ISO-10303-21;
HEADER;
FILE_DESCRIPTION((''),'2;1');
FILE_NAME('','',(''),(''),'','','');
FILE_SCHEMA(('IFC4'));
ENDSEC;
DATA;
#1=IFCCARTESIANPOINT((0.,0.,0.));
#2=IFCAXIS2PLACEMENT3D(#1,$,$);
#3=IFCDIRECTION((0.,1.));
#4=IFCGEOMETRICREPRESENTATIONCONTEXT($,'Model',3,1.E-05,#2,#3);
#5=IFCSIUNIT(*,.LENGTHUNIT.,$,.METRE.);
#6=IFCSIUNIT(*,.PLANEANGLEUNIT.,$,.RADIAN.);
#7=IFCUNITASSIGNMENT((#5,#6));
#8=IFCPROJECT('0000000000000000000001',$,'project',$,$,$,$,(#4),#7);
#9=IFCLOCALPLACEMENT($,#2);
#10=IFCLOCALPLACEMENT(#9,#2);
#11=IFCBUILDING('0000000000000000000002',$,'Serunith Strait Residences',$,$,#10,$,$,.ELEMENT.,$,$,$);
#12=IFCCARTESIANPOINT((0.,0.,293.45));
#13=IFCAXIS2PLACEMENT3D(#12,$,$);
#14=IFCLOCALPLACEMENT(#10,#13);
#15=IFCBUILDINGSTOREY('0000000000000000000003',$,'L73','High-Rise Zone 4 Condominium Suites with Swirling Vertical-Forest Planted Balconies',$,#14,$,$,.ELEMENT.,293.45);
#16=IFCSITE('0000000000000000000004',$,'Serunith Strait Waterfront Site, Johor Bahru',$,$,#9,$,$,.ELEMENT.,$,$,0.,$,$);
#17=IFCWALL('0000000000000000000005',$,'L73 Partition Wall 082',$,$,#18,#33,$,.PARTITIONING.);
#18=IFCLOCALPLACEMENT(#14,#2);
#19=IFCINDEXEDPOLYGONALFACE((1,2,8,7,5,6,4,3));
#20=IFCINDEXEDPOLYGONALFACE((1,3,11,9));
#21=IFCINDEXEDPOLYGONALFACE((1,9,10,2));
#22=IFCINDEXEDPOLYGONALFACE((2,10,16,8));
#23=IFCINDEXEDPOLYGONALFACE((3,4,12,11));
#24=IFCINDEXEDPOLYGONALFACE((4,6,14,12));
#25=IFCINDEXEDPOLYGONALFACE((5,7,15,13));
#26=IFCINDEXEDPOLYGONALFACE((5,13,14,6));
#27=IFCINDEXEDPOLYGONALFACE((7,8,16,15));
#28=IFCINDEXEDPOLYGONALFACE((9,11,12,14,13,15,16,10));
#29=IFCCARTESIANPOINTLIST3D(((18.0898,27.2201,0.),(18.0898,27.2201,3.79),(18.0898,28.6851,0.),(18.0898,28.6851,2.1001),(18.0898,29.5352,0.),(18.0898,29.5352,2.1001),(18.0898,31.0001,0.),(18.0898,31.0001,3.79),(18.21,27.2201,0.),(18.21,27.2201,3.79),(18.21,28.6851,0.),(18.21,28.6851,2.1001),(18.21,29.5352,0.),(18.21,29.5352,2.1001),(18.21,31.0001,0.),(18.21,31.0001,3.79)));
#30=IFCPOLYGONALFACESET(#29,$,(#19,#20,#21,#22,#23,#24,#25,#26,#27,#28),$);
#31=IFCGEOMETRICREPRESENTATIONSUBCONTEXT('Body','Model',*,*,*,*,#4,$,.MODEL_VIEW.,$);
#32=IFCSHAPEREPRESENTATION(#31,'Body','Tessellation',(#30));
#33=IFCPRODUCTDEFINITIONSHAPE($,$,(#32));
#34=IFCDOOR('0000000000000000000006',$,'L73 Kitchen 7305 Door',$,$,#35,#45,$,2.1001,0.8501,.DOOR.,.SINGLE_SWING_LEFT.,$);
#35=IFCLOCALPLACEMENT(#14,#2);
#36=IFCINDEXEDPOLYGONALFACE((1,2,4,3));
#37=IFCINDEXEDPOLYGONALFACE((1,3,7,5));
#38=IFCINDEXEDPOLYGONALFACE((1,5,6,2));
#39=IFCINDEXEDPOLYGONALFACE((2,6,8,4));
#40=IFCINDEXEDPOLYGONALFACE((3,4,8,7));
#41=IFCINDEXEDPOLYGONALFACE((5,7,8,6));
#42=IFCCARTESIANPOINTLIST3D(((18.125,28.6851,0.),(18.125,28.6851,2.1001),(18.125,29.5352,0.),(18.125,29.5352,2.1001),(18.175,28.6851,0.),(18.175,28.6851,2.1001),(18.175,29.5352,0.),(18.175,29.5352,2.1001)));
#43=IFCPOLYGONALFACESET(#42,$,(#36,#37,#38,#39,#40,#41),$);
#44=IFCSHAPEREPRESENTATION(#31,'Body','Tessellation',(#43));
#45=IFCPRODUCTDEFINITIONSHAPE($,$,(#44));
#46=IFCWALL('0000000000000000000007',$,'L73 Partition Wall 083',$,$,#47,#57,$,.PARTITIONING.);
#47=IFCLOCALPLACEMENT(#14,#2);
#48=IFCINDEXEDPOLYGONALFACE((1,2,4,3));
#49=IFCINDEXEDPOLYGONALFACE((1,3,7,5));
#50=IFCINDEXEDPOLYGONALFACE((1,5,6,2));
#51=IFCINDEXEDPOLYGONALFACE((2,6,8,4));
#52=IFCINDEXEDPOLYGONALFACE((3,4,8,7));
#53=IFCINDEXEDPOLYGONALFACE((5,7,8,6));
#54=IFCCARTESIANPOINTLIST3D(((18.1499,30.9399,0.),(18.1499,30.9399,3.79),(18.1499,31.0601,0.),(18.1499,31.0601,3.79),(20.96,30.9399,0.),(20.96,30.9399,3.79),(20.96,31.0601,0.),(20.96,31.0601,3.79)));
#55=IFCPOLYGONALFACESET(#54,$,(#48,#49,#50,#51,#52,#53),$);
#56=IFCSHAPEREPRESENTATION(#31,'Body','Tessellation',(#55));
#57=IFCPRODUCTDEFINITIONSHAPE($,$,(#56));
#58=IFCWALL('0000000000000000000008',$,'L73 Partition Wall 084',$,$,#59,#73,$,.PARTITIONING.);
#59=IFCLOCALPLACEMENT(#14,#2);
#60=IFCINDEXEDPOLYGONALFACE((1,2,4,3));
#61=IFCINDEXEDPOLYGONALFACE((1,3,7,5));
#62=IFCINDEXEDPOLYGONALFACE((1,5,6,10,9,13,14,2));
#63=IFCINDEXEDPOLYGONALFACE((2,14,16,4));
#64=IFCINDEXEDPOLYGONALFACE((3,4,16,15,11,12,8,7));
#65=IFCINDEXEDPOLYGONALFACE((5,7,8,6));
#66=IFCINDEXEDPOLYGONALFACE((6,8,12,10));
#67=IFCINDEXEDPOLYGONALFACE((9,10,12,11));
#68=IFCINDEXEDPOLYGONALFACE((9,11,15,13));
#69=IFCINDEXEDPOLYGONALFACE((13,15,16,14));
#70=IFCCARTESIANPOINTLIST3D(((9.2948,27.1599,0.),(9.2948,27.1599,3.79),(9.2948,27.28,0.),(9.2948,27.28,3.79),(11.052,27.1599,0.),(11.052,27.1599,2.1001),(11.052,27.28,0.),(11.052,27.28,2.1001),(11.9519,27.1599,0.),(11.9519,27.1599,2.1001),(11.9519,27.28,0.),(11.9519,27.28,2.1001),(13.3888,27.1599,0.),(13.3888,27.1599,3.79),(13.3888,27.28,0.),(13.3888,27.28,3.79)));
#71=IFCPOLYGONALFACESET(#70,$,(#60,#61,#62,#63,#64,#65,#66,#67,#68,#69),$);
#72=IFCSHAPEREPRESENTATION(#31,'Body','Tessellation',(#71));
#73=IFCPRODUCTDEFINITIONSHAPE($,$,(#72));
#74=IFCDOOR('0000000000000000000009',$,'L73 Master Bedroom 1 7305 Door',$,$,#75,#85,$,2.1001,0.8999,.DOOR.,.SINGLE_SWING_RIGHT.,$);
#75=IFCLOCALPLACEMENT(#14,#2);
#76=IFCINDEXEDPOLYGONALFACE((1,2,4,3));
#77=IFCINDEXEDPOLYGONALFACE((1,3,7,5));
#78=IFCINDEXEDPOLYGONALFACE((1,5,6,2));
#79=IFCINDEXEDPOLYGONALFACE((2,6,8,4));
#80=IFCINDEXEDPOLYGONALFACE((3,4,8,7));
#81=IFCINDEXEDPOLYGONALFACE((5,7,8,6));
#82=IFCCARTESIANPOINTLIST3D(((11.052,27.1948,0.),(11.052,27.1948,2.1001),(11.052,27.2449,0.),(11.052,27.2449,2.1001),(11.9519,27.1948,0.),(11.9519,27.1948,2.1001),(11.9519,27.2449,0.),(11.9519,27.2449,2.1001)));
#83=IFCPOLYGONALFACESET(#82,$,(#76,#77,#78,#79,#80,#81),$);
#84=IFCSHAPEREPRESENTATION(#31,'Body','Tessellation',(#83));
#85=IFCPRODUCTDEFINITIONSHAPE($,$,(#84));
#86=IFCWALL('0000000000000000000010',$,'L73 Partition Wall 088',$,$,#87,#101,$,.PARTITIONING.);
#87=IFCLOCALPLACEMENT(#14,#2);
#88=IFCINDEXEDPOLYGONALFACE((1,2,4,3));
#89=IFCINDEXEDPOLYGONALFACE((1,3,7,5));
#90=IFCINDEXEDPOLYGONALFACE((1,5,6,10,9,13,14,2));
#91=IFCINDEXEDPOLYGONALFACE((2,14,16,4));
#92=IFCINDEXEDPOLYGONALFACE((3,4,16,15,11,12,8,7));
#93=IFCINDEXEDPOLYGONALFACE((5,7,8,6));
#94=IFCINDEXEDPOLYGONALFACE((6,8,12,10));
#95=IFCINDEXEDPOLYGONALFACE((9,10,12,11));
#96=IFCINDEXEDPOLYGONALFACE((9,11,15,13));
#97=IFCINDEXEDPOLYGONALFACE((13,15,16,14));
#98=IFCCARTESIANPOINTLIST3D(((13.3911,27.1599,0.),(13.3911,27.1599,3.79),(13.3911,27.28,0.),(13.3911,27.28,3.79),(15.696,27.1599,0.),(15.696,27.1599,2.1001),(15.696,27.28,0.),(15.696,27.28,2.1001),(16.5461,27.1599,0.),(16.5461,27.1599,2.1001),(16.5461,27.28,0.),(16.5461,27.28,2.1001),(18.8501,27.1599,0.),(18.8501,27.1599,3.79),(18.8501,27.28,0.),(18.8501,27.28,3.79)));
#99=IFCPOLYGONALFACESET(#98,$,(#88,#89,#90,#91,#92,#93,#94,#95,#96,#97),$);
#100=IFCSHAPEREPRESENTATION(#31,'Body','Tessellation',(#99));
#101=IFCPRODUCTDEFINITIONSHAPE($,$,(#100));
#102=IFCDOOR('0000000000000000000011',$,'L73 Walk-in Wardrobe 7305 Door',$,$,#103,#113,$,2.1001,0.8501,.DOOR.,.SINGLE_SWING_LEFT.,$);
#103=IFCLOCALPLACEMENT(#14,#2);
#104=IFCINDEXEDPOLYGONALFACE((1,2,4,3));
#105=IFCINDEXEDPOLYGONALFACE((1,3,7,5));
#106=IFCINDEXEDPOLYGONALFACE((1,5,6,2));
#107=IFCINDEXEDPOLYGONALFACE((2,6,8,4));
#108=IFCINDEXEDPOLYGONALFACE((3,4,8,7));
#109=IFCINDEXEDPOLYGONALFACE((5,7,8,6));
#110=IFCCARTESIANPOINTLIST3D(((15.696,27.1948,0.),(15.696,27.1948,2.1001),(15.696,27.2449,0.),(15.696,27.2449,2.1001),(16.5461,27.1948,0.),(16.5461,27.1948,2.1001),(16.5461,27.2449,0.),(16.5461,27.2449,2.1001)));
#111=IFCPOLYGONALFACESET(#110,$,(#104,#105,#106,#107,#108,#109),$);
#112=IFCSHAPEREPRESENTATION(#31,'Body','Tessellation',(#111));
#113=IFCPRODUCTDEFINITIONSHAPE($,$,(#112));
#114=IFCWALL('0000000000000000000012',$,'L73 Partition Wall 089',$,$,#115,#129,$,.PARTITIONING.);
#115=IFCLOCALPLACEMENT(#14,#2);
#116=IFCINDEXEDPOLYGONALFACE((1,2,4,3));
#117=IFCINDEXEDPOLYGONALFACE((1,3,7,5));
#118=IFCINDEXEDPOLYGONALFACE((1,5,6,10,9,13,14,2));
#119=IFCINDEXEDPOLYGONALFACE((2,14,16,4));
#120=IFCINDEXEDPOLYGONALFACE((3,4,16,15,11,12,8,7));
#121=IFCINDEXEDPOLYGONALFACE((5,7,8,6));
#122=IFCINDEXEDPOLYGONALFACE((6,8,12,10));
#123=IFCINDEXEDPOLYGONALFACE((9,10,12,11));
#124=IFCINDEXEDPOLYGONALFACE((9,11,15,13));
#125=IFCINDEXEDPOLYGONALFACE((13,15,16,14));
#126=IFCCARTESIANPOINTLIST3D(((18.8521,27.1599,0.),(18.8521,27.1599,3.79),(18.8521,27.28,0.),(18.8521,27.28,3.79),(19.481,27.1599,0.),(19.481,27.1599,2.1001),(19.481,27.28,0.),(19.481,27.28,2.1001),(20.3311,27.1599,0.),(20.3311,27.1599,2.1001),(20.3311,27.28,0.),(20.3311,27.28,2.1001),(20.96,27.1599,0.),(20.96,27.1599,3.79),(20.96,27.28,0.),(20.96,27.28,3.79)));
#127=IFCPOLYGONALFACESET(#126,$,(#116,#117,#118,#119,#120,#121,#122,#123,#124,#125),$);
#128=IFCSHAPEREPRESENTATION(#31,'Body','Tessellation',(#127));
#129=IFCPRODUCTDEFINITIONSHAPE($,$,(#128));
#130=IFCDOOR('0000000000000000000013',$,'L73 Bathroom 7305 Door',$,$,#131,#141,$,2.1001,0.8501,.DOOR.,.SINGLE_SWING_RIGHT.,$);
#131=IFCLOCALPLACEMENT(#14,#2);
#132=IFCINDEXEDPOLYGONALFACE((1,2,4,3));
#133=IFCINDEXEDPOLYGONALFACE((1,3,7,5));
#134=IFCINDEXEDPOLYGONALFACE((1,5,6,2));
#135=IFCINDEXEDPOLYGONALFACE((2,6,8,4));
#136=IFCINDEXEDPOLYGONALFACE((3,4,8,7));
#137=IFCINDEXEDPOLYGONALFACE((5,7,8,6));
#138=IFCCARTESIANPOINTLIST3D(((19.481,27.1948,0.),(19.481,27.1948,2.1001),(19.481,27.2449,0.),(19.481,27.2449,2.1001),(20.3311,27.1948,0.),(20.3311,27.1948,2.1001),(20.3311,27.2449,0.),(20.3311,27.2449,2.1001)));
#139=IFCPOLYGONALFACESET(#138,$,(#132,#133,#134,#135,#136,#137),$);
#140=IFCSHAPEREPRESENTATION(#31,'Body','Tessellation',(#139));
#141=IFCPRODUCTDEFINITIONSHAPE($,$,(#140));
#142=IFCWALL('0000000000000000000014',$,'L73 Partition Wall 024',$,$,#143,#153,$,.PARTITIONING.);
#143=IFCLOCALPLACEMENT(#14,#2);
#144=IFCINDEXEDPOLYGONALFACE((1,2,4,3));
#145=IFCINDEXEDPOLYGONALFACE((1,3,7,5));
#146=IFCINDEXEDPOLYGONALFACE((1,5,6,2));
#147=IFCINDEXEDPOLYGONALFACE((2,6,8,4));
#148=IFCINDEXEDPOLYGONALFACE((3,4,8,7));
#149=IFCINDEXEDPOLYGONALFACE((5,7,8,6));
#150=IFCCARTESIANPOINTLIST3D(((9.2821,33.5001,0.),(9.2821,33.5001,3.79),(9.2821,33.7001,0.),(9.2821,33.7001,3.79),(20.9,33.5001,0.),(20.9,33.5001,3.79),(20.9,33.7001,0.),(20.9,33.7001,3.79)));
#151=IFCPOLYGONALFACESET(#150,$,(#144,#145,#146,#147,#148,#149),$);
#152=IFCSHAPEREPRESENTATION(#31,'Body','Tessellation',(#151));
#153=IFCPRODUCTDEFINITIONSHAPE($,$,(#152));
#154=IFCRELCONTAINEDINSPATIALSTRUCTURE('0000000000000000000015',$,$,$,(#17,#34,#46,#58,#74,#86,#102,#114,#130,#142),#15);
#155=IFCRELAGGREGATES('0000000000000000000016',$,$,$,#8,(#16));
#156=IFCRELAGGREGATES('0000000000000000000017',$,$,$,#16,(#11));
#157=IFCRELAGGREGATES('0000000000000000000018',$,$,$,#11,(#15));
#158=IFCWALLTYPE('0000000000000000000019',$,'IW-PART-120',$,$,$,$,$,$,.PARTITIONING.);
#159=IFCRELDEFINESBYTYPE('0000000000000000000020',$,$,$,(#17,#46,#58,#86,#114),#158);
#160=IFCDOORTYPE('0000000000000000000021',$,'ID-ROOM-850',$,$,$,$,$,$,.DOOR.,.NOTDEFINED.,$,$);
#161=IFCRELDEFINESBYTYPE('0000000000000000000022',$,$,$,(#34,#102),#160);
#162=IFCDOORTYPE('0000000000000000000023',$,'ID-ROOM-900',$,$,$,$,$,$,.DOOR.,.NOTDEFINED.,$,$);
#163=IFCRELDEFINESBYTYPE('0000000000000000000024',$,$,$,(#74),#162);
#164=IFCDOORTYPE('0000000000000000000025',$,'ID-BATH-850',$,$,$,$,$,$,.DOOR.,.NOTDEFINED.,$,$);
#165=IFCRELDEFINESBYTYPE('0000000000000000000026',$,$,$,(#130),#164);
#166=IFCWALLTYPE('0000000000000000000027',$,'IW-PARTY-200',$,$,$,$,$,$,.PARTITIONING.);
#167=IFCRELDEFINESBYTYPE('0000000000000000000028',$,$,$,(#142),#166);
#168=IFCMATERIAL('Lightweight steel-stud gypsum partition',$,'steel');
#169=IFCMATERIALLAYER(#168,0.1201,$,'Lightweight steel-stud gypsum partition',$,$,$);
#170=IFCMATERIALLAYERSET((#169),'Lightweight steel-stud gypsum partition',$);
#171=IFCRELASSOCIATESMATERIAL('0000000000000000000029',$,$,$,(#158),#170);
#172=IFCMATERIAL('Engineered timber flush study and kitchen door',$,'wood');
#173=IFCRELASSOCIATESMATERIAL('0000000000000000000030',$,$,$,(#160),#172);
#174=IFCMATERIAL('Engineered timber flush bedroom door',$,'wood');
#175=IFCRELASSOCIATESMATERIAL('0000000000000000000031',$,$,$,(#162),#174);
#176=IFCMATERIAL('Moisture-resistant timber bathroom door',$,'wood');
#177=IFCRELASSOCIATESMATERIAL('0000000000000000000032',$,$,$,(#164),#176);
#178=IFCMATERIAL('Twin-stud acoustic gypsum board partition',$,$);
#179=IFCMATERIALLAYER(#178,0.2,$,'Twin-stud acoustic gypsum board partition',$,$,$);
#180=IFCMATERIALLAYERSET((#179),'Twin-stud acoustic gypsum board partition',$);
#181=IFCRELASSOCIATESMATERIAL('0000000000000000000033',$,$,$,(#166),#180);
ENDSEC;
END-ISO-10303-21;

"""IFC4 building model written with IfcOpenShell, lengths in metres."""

from ifc_helpers import new_model, si_unit, direction, frame, frame_2d, origin, place, context, subcontext, project, spatial, rectangle, extrude, source, transform, mapped, material, layer, layer_set, type_object, element, fill, save


model = new_model("IFC4")

# Units and contexts
model_context = context("Model", 3, precision=1e-05, world=origin(), true_north=direction((0.0, 1.0)))
body_context = subcontext(model_context, "Body", "Model", "MODEL_VIEW")
ifc_project = project(units=[si_unit("LENGTHUNIT", "METRE"), si_unit("PLANEANGLEUNIT", "RADIAN")], contexts=[model_context])

# Site, building, storey
site_placement = place(None, origin())
site = spatial("IfcSite", under=ifc_project, at=site_placement, Name="Serunith Strait Waterfront Site, Johor Bahru", CompositionType="ELEMENT", RefElevation=0.0)
building_placement = place(site_placement, origin())
building = spatial("IfcBuilding", under=site, at=building_placement, Name="Serunith Strait Residences", CompositionType="ELEMENT")
storey_placement = place(building_placement, frame((0.0, 0.0, 293.45)))
storey = spatial("IfcBuildingStorey", under=building, at=storey_placement, Name="L73", Description="High-Rise Zone 4 Condominium Suites with Swirling Vertical-Forest Planted Balconies", CompositionType="ELEMENT", Elevation=293.45)

# Wall, opening, door
ifc_material_1 = material(Name="Lightweight steel-stud gypsum partition", Category="steel")
ifc_layer_1 = layer(ifc_material_1, 0.1201, Name="Lightweight steel-stud gypsum partition")
ifc_layer_set_1 = layer_set([ifc_layer_1], Name="Lightweight steel-stud gypsum partition")
wall_type_1 = type_object("IfcWallType", Name="IW-PART-120", PredefinedType="PARTITIONING", material=ifc_layer_set_1)
wall_1_placement = place(storey_placement, frame((18.1499, 27.22, 0.0), z_axis=(0.0, 0.0, 1.0), x_axis=(0.0, 1.0, 0.0)))
wall_1 = element("IfcWall", 1, at=wall_1_placement, inside=storey, type_object=wall_type_1, Name="L73 Partition Wall 082", PredefinedType="PARTITIONING", context=body_context, shape_type="SweptSolid", body=[
    extrude(rectangle(XDim=3.78, YDim=0.1201, at=frame_2d((1.8901, 0.0))), origin(), (0.0, 0.0, 1.0), 3.79),
])
opening_1_placement = place(wall_1_placement, frame((1.4651, 0.0, 0.0)))
opening_1 = element("IfcOpeningElement", 2, at=opening_1_placement, cuts=wall_1, PredefinedType="OPENING", context=body_context, shape_type="SweptSolid", body=[
    extrude(rectangle(XDim=0.8501, YDim=2.1001, at=frame_2d((0.425, 1.05))), frame((0.0, 0.0701, 0.0), z_axis=(0.0, -1.0, 0.0), x_axis=(1.0, 0.0, 0.0)), (0.0, 0.0, 1.0), 0.1401),
])
ifc_material_2 = material(Name="Engineered timber flush study and kitchen door", Category="wood")
door_type_1 = type_object("IfcDoorType", Name="ID-ROOM-850", OperationType="NOTDEFINED", PredefinedType="DOOR", material=ifc_material_2)
shared_shape_1 = source(origin(), body_context, "Body", "SweptSolid", [
    extrude(rectangle(XDim=0.8501, YDim=2.1001, at=frame_2d((0.425, 1.05))), frame((0.0, 0.0249, 0.0), z_axis=(0.0, -1.0, 0.0), x_axis=(1.0, 0.0, 0.0)), (0.0, 0.0, 1.0), 0.05),
])
door_1_placement = place(opening_1_placement, origin())
door_1 = element("IfcDoor", 3, at=door_1_placement, inside=storey, type_object=door_type_1, Name="L73 Kitchen 7305 Door", OperationType="SINGLE_SWING_LEFT", OverallHeight=2.1001, OverallWidth=0.8501, PredefinedType="DOOR", context=body_context, shape_type="MappedRepresentation", body=[
    mapped(shared_shape_1, transform((0.0, 0.0, 0.0), scale=1.0)),
])
fill(opening_1, door_1)

# Wall
wall_2_placement = place(storey_placement, frame((18.1499, 31.0, 0.0), z_axis=(0.0, 0.0, 1.0), x_axis=(1.0, 0.0, 0.0)))
element("IfcWall", 4, at=wall_2_placement, inside=storey, type_object=wall_type_1, Name="L73 Partition Wall 083", PredefinedType="PARTITIONING", context=body_context, shape_type="SweptSolid", body=[
    extrude(rectangle(XDim=2.8101, YDim=0.1201, at=frame_2d((1.405, 0.0))), origin(), (0.0, 0.0, 1.0), 3.79),
])

# Walls, openings, doors
wall_3_placement = place(storey_placement, frame((9.2949, 27.22, 0.0), z_axis=(0.0, 0.0, 1.0), x_axis=(1.0, 0.0, 0.0)))
wall_3 = element("IfcWall", 5, at=wall_3_placement, inside=storey, type_object=wall_type_1, Name="L73 Partition Wall 084", PredefinedType="PARTITIONING", context=body_context, shape_type="SweptSolid", body=[
    extrude(rectangle(XDim=4.094, YDim=0.1201, at=frame_2d((2.0469, 0.0))), origin(), (0.0, 0.0, 1.0), 3.79),
])
opening_2_placement = place(wall_3_placement, frame((1.7571, 0.0, 0.0)))
opening_2 = element("IfcOpeningElement", 6, at=opening_2_placement, cuts=wall_3, PredefinedType="OPENING", context=body_context, shape_type="SweptSolid", body=[
    extrude(rectangle(XDim=0.8999, YDim=2.1001, at=frame_2d((0.45, 1.05))), frame((0.0, 0.0701, 0.0), z_axis=(0.0, -1.0, 0.0), x_axis=(1.0, 0.0, 0.0)), (0.0, 0.0, 1.0), 0.1401),
])
ifc_material_3 = material(Name="Engineered timber flush bedroom door", Category="wood")
door_type_2 = type_object("IfcDoorType", Name="ID-ROOM-900", OperationType="NOTDEFINED", PredefinedType="DOOR", material=ifc_material_3)
shared_shape_2 = source(origin(), body_context, "Body", "SweptSolid", [
    extrude(rectangle(XDim=0.8999, YDim=2.1001, at=frame_2d((0.45, 1.05))), frame((0.0, 0.0249, 0.0), z_axis=(0.0, -1.0, 0.0), x_axis=(1.0, 0.0, 0.0)), (0.0, 0.0, 1.0), 0.05),
])
door_2_placement = place(opening_2_placement, origin())
door_2 = element("IfcDoor", 7, at=door_2_placement, inside=storey, type_object=door_type_2, Name="L73 Master Bedroom 1 7305 Door", OperationType="SINGLE_SWING_RIGHT", OverallHeight=2.1001, OverallWidth=0.8999, PredefinedType="DOOR", context=body_context, shape_type="MappedRepresentation", body=[
    mapped(shared_shape_2, transform((0.0, 0.0, 0.0), scale=1.0)),
])
fill(opening_2, door_2)
wall_4_placement = place(storey_placement, frame((13.3911, 27.22, 0.0), z_axis=(0.0, 0.0, 1.0), x_axis=(1.0, 0.0, 0.0)))
wall_4 = element("IfcWall", 8, at=wall_4_placement, inside=storey, type_object=wall_type_1, Name="L73 Partition Wall 088", PredefinedType="PARTITIONING", context=body_context, shape_type="SweptSolid", body=[
    extrude(rectangle(XDim=5.459, YDim=0.1201, at=frame_2d((2.7295, 0.0))), origin(), (0.0, 0.0, 1.0), 3.79),
])
opening_3_placement = place(wall_4_placement, frame((2.3049, 0.0, 0.0)))
opening_3 = element("IfcOpeningElement", 9, at=opening_3_placement, cuts=wall_4, PredefinedType="OPENING", context=body_context, shape_type="SweptSolid", body=[
    extrude(rectangle(XDim=0.8501, YDim=2.1001, at=frame_2d((0.425, 1.05))), frame((0.0, 0.0701, 0.0), z_axis=(0.0, -1.0, 0.0), x_axis=(1.0, 0.0, 0.0)), (0.0, 0.0, 1.0), 0.1401),
])
door_3_placement = place(opening_3_placement, origin())
door_3 = element("IfcDoor", 10, at=door_3_placement, inside=storey, type_object=door_type_1, Name="L73 Walk-in Wardrobe 7305 Door", OperationType="SINGLE_SWING_LEFT", OverallHeight=2.1001, OverallWidth=0.8501, PredefinedType="DOOR", context=body_context, shape_type="MappedRepresentation", body=[
    mapped(shared_shape_1, transform((0.0, 0.0, 0.0), scale=1.0)),
])
fill(opening_3, door_3)
wall_5_placement = place(storey_placement, frame((18.8521, 27.22, 0.0), z_axis=(0.0, 0.0, 1.0), x_axis=(1.0, 0.0, 0.0)))
wall_5 = element("IfcWall", 11, at=wall_5_placement, inside=storey, type_object=wall_type_1, Name="L73 Partition Wall 089", PredefinedType="PARTITIONING", context=body_context, shape_type="SweptSolid", body=[
    extrude(rectangle(XDim=2.1079, YDim=0.1201, at=frame_2d((1.054, 0.0))), origin(), (0.0, 0.0, 1.0), 3.79),
])
opening_4_placement = place(wall_5_placement, frame((0.6289, 0.0, 0.0)))
opening_4 = element("IfcOpeningElement", 12, at=opening_4_placement, cuts=wall_5, PredefinedType="OPENING", context=body_context, shape_type="SweptSolid", body=[
    extrude(rectangle(XDim=0.8501, YDim=2.1001, at=frame_2d((0.425, 1.05))), frame((0.0, 0.0701, 0.0), z_axis=(0.0, -1.0, 0.0), x_axis=(1.0, 0.0, 0.0)), (0.0, 0.0, 1.0), 0.1401),
])
ifc_material_4 = material(Name="Moisture-resistant timber bathroom door", Category="wood")
door_type_3 = type_object("IfcDoorType", Name="ID-BATH-850", OperationType="NOTDEFINED", PredefinedType="DOOR", material=ifc_material_4)
door_4_placement = place(opening_4_placement, origin())
door_4 = element("IfcDoor", 13, at=door_4_placement, inside=storey, type_object=door_type_3, Name="L73 Bathroom 7305 Door", OperationType="SINGLE_SWING_RIGHT", OverallHeight=2.1001, OverallWidth=0.8501, PredefinedType="DOOR", context=body_context, shape_type="MappedRepresentation", body=[
    mapped(shared_shape_1, transform((0.0, 0.0, 0.0), scale=1.0)),
])
fill(opening_4, door_4)

# Wall
ifc_material_5 = material(Name="Twin-stud acoustic gypsum board partition")
ifc_layer_2 = layer(ifc_material_5, 0.2, Name="Twin-stud acoustic gypsum board partition")
ifc_layer_set_2 = layer_set([ifc_layer_2], Name="Twin-stud acoustic gypsum board partition")
wall_type_2 = type_object("IfcWallType", Name="IW-PARTY-200", PredefinedType="PARTITIONING", material=ifc_layer_set_2)
wall_6_placement = place(storey_placement, frame((9.282, 33.6001, 0.0), z_axis=(0.0, 0.0, 1.0), x_axis=(1.0, 0.0, 0.0)))
element("IfcWall", 14, at=wall_6_placement, inside=storey, type_object=wall_type_2, Name="L73 Partition Wall 024", PredefinedType="PARTITIONING", context=body_context, shape_type="SweptSolid", body=[
    extrude(rectangle(XDim=11.6179, YDim=0.2, at=frame_2d((5.8091, 0.0))), origin(), (0.0, 0.0, 1.0), 3.79),
])

save(model, "model.ifc")
